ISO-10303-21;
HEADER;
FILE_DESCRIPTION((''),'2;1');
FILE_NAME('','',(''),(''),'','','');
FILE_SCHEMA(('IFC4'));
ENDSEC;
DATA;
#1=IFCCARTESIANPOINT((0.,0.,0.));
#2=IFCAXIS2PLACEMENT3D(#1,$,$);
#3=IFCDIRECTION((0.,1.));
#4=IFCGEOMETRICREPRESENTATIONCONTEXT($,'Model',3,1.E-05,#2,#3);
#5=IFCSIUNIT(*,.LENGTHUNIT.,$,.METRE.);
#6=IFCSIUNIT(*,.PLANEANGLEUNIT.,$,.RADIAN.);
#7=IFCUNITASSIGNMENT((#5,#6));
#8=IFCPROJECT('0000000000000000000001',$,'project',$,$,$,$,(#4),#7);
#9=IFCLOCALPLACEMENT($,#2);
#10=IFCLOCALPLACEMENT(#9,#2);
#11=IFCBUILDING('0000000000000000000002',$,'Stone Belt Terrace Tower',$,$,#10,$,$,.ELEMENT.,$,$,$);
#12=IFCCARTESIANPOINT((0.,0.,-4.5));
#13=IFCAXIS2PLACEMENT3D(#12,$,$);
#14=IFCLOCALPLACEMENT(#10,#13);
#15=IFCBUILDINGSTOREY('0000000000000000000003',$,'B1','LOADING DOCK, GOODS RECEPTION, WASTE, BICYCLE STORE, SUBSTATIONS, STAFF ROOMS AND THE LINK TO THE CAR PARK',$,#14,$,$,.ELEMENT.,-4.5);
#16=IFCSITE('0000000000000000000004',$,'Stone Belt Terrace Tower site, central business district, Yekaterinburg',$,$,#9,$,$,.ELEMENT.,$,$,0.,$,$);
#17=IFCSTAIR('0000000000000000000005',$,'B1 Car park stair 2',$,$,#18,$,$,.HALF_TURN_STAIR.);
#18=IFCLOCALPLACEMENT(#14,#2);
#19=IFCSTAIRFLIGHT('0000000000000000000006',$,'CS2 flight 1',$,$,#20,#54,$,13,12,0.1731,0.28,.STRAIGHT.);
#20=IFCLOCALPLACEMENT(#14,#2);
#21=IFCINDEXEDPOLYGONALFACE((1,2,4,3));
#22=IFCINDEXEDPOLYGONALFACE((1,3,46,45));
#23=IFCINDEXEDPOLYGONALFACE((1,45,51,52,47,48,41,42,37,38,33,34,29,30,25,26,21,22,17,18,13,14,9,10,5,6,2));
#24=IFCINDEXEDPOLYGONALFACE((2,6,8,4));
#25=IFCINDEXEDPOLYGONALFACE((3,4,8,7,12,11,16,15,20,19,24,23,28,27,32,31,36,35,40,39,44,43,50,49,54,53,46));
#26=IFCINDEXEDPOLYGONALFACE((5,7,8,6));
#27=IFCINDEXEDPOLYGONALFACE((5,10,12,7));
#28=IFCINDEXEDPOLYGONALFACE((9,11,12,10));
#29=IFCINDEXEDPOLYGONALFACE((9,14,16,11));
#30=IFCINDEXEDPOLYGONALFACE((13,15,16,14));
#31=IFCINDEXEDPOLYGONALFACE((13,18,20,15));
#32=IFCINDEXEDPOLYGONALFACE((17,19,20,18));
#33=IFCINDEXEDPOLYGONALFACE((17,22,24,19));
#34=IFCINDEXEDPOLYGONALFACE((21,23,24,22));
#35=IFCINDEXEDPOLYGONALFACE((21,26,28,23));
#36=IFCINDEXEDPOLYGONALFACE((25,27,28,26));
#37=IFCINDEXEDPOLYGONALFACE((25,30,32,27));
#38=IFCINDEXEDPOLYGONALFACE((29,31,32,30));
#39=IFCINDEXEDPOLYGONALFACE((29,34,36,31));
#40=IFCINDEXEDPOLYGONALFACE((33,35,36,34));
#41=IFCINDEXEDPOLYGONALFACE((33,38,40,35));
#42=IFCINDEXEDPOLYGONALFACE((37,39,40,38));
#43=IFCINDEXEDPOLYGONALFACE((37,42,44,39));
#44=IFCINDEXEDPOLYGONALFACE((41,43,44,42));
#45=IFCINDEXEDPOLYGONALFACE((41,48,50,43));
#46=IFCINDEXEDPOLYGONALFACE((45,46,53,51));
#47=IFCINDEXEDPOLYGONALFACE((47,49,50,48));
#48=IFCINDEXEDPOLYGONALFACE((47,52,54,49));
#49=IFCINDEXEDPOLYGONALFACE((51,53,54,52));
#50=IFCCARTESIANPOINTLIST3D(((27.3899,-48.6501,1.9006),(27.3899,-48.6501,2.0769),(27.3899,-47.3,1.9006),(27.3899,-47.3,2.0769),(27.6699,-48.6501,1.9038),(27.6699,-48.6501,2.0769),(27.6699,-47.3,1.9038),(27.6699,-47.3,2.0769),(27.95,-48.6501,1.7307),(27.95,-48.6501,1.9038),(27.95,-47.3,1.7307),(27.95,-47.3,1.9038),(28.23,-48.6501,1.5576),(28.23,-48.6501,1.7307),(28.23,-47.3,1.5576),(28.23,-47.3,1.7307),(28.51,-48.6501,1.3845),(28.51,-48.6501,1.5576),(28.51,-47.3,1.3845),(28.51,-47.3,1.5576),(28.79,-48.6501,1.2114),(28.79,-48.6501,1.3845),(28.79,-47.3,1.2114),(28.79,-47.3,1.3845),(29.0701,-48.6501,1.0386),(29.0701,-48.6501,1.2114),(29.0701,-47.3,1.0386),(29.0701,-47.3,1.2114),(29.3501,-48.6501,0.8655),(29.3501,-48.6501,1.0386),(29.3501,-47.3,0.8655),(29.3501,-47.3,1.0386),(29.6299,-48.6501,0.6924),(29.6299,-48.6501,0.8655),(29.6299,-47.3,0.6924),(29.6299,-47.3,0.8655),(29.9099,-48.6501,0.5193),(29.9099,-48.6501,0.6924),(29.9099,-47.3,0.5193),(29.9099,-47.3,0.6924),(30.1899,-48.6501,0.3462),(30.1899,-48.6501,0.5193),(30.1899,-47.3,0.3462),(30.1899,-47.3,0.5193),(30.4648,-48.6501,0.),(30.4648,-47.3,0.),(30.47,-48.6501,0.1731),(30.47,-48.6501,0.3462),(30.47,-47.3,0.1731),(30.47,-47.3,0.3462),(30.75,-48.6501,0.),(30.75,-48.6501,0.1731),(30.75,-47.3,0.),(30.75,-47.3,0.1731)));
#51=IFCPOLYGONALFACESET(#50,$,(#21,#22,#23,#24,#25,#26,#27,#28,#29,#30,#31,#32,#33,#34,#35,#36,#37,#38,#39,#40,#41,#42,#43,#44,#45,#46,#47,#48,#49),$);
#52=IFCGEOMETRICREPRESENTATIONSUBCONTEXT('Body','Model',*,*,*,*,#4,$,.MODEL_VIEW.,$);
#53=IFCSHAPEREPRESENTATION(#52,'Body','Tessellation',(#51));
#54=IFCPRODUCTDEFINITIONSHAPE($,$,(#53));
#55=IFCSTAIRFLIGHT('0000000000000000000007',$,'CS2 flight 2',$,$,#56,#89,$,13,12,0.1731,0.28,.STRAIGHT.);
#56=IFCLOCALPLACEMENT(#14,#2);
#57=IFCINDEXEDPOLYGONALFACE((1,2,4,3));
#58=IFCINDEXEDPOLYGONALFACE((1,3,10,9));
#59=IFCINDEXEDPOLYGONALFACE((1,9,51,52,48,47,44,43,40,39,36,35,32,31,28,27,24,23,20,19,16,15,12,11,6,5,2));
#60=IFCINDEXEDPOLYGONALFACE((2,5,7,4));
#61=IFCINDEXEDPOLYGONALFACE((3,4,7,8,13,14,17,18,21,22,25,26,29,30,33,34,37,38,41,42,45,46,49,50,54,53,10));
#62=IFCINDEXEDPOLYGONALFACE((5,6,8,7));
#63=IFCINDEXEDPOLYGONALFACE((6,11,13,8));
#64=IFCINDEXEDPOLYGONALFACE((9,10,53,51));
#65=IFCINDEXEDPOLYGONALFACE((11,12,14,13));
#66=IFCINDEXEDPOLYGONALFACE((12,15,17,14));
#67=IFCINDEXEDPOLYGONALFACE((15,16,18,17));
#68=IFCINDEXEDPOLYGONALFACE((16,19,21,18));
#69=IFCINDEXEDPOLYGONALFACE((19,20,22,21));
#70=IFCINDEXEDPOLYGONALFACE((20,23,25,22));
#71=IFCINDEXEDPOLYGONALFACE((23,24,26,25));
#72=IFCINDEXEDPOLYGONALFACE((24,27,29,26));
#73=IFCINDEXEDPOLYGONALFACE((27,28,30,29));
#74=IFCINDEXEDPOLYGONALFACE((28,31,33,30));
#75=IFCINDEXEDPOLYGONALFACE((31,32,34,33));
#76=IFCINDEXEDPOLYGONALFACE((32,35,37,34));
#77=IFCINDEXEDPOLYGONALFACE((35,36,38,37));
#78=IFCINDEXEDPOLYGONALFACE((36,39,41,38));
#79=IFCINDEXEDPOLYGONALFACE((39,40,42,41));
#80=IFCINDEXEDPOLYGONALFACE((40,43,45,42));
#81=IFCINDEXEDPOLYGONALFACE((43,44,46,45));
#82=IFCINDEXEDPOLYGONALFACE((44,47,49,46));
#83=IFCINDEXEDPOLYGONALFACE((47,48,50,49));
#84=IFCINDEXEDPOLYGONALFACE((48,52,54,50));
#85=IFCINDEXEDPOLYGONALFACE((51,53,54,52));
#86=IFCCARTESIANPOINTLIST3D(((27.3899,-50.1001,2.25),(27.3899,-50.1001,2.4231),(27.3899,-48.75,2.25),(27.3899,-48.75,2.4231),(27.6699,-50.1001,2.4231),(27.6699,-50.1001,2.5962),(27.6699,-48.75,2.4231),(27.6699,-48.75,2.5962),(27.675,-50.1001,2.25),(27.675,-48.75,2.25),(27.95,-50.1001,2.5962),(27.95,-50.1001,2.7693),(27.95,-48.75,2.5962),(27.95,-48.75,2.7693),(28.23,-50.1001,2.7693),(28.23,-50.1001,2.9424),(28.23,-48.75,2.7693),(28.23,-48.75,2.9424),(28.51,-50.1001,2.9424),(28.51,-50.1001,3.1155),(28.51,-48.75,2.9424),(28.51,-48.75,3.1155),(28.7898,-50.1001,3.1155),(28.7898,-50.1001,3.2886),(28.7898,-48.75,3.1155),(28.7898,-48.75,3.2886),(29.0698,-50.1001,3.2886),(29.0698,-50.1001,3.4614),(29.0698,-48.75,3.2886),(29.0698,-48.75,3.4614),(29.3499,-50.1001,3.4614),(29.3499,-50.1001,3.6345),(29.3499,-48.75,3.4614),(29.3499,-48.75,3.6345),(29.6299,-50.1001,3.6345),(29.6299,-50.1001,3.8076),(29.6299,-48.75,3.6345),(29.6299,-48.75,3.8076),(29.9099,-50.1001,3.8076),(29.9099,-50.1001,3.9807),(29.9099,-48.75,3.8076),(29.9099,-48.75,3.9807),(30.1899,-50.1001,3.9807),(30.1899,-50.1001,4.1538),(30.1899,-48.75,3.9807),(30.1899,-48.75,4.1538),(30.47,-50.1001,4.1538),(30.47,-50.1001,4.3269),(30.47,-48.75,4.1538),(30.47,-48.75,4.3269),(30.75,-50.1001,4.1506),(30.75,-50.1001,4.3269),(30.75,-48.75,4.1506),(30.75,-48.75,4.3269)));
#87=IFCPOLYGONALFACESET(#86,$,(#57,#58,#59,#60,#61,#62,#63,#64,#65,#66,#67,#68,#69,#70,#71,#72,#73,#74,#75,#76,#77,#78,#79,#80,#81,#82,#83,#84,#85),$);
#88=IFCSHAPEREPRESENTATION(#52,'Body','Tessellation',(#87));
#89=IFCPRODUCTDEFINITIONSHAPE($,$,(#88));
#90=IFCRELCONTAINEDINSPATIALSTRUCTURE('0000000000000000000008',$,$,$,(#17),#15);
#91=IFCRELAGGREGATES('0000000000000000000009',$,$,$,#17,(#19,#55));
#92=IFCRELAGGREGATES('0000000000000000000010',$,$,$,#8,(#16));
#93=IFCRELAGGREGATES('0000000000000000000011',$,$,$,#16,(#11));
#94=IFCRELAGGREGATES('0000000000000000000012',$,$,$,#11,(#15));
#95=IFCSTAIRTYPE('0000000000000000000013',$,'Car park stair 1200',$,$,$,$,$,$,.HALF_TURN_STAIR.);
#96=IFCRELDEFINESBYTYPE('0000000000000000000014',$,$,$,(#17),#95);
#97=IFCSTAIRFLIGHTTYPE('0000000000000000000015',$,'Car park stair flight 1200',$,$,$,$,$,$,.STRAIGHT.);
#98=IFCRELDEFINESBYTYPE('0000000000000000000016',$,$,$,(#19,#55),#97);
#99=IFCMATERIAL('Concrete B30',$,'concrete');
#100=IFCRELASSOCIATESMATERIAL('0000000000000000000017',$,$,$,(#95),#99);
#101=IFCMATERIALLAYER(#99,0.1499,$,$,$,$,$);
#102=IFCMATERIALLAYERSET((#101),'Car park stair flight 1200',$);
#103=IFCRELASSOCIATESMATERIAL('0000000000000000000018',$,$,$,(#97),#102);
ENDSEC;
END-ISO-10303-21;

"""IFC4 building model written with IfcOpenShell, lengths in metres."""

from ifc_helpers import new_model, si_unit, direction, frame, origin, place, context, subcontext, project, spatial, polyline, outline, extrude, material, layer, layer_set, type_object, element, aggregate, save


model = new_model("IFC4")

# Units and contexts
model_context = context("Model", 3, precision=1e-05, world=origin(), true_north=direction((0.0, 1.0)))
body_context = subcontext(model_context, "Body", "Model", "MODEL_VIEW")
ifc_project = project(units=[si_unit("LENGTHUNIT", "METRE"), si_unit("PLANEANGLEUNIT", "RADIAN")], contexts=[model_context])

# Site, building, storey
site_placement = place(None, origin())
site = spatial("IfcSite", under=ifc_project, at=site_placement, Name="Stone Belt Terrace Tower site, central business district, Yekaterinburg", CompositionType="ELEMENT", RefElevation=0.0)
building_placement = place(site_placement, origin())
building = spatial("IfcBuilding", under=site, at=building_placement, Name="Stone Belt Terrace Tower", CompositionType="ELEMENT")
storey_placement = place(building_placement, frame((0.0, 0.0, -4.5)))
storey = spatial("IfcBuildingStorey", under=building, at=storey_placement, Name="B1", Description="LOADING DOCK, GOODS RECEPTION, WASTE, BICYCLE STORE, SUBSTATIONS, STAFF ROOMS AND THE LINK TO THE CAR PARK", CompositionType="ELEMENT", Elevation=-4.5)

# Shared definitions
ifc_material_1 = material(Name="Concrete B30", Category="concrete")

# Stair, stair flights
stair_type = type_object("IfcStairType", Name="Car park stair 1200", PredefinedType="HALF_TURN_STAIR", material=ifc_material_1)
stair_placement = place(storey_placement, origin())
stair = element("IfcStair", 1, at=stair_placement, inside=storey, type_object=stair_type, Name="B1 Car park stair 2", PredefinedType="HALF_TURN_STAIR")
ifc_layer_1 = layer(ifc_material_1, 0.1499)
ifc_layer_set_1 = layer_set([ifc_layer_1], Name="Car park stair flight 1200")
stair_flight_type = type_object("IfcStairFlightType", Name="Car park stair flight 1200", PredefinedType="STRAIGHT", material=ifc_layer_set_1)
stair_flight_1_placement = place(storey_placement, frame((30.75, -47.9751, 0.0), z_axis=(0.0, 0.0, 1.0), x_axis=(-1.0, 0.0, 0.0)))
stair_flight_1 = element("IfcStairFlight", 2, at=stair_flight_1_placement, type_object=stair_flight_type, Name="CS2 flight 1", NumberOfRisers=13, NumberOfTreads=12, PredefinedType="STRAIGHT", RiserHeight=0.1731, TreadLength=0.28, context=body_context, shape_type="SweptSolid", body=[
    extrude(outline(polyline([(0.0, 0.0), (0.0, 0.1731), (0.28, 0.1731), (0.28, 0.3462), (0.5601, 0.3462), (0.5601, 0.5193), (0.8401, 0.5193), (0.8401, 0.6924), (1.1201, 0.6924), (1.1201, 0.8655), (1.3999, 0.8655), (1.3999, 1.0386), (1.6799, 1.0386), (1.6799, 1.2114), (1.96, 1.2114), (1.96, 1.3845), (2.24, 1.3845), (2.24, 1.5576), (2.52, 1.5576), (2.52, 1.7307), (2.8, 1.7307), (2.8, 1.9038), (3.0801, 1.9038), (3.0801, 2.0769), (3.3601, 2.0769), (3.3601, 2.25), (3.3601, 1.9006), (0.2852, 0.0), (0.0, 0.0)])), frame((0.0, 0.675, 0.0), z_axis=(0.0, -1.0, 0.0), x_axis=(1.0, 0.0, 0.0)), (0.0, 0.0, 1.0), 1.3501),
])
stair_flight_2_placement = place(storey_placement, frame((27.3899, -49.425, 2.25), z_axis=(0.0, 0.0, 1.0), x_axis=(1.0, 0.0, 0.0)))
stair_flight_2 = element("IfcStairFlight", 3, at=stair_flight_2_placement, type_object=stair_flight_type, Name="CS2 flight 2", NumberOfRisers=13, NumberOfTreads=12, PredefinedType="STRAIGHT", RiserHeight=0.1731, TreadLength=0.28, context=body_context, shape_type="SweptSolid", body=[
    extrude(outline(polyline([(0.0, 0.0), (0.0, 0.1731), (0.28, 0.1731), (0.28, 0.3462), (0.5601, 0.3462), (0.5601, 0.5193), (0.8401, 0.5193), (0.8401, 0.6924), (1.1201, 0.6924), (1.1201, 0.8655), (1.3999, 0.8655), (1.3999, 1.0386), (1.6799, 1.0386), (1.6799, 1.2114), (1.96, 1.2114), (1.96, 1.3845), (2.24, 1.3845), (2.24, 1.5576), (2.52, 1.5576), (2.52, 1.7307), (2.8, 1.7307), (2.8, 1.9038), (3.0801, 1.9038), (3.0801, 2.0769), (3.3601, 2.0769), (3.3601, 2.25), (3.3601, 1.9006), (0.2852, 0.0), (0.0, 0.0)])), frame((0.0, 0.675, 0.0), z_axis=(0.0, -1.0, 0.0), x_axis=(1.0, 0.0, 0.0)), (0.0, 0.0, 1.0), 1.3501),
])
aggregate(stair, [stair_flight_1, stair_flight_2])

save(model, "model.ifc")
